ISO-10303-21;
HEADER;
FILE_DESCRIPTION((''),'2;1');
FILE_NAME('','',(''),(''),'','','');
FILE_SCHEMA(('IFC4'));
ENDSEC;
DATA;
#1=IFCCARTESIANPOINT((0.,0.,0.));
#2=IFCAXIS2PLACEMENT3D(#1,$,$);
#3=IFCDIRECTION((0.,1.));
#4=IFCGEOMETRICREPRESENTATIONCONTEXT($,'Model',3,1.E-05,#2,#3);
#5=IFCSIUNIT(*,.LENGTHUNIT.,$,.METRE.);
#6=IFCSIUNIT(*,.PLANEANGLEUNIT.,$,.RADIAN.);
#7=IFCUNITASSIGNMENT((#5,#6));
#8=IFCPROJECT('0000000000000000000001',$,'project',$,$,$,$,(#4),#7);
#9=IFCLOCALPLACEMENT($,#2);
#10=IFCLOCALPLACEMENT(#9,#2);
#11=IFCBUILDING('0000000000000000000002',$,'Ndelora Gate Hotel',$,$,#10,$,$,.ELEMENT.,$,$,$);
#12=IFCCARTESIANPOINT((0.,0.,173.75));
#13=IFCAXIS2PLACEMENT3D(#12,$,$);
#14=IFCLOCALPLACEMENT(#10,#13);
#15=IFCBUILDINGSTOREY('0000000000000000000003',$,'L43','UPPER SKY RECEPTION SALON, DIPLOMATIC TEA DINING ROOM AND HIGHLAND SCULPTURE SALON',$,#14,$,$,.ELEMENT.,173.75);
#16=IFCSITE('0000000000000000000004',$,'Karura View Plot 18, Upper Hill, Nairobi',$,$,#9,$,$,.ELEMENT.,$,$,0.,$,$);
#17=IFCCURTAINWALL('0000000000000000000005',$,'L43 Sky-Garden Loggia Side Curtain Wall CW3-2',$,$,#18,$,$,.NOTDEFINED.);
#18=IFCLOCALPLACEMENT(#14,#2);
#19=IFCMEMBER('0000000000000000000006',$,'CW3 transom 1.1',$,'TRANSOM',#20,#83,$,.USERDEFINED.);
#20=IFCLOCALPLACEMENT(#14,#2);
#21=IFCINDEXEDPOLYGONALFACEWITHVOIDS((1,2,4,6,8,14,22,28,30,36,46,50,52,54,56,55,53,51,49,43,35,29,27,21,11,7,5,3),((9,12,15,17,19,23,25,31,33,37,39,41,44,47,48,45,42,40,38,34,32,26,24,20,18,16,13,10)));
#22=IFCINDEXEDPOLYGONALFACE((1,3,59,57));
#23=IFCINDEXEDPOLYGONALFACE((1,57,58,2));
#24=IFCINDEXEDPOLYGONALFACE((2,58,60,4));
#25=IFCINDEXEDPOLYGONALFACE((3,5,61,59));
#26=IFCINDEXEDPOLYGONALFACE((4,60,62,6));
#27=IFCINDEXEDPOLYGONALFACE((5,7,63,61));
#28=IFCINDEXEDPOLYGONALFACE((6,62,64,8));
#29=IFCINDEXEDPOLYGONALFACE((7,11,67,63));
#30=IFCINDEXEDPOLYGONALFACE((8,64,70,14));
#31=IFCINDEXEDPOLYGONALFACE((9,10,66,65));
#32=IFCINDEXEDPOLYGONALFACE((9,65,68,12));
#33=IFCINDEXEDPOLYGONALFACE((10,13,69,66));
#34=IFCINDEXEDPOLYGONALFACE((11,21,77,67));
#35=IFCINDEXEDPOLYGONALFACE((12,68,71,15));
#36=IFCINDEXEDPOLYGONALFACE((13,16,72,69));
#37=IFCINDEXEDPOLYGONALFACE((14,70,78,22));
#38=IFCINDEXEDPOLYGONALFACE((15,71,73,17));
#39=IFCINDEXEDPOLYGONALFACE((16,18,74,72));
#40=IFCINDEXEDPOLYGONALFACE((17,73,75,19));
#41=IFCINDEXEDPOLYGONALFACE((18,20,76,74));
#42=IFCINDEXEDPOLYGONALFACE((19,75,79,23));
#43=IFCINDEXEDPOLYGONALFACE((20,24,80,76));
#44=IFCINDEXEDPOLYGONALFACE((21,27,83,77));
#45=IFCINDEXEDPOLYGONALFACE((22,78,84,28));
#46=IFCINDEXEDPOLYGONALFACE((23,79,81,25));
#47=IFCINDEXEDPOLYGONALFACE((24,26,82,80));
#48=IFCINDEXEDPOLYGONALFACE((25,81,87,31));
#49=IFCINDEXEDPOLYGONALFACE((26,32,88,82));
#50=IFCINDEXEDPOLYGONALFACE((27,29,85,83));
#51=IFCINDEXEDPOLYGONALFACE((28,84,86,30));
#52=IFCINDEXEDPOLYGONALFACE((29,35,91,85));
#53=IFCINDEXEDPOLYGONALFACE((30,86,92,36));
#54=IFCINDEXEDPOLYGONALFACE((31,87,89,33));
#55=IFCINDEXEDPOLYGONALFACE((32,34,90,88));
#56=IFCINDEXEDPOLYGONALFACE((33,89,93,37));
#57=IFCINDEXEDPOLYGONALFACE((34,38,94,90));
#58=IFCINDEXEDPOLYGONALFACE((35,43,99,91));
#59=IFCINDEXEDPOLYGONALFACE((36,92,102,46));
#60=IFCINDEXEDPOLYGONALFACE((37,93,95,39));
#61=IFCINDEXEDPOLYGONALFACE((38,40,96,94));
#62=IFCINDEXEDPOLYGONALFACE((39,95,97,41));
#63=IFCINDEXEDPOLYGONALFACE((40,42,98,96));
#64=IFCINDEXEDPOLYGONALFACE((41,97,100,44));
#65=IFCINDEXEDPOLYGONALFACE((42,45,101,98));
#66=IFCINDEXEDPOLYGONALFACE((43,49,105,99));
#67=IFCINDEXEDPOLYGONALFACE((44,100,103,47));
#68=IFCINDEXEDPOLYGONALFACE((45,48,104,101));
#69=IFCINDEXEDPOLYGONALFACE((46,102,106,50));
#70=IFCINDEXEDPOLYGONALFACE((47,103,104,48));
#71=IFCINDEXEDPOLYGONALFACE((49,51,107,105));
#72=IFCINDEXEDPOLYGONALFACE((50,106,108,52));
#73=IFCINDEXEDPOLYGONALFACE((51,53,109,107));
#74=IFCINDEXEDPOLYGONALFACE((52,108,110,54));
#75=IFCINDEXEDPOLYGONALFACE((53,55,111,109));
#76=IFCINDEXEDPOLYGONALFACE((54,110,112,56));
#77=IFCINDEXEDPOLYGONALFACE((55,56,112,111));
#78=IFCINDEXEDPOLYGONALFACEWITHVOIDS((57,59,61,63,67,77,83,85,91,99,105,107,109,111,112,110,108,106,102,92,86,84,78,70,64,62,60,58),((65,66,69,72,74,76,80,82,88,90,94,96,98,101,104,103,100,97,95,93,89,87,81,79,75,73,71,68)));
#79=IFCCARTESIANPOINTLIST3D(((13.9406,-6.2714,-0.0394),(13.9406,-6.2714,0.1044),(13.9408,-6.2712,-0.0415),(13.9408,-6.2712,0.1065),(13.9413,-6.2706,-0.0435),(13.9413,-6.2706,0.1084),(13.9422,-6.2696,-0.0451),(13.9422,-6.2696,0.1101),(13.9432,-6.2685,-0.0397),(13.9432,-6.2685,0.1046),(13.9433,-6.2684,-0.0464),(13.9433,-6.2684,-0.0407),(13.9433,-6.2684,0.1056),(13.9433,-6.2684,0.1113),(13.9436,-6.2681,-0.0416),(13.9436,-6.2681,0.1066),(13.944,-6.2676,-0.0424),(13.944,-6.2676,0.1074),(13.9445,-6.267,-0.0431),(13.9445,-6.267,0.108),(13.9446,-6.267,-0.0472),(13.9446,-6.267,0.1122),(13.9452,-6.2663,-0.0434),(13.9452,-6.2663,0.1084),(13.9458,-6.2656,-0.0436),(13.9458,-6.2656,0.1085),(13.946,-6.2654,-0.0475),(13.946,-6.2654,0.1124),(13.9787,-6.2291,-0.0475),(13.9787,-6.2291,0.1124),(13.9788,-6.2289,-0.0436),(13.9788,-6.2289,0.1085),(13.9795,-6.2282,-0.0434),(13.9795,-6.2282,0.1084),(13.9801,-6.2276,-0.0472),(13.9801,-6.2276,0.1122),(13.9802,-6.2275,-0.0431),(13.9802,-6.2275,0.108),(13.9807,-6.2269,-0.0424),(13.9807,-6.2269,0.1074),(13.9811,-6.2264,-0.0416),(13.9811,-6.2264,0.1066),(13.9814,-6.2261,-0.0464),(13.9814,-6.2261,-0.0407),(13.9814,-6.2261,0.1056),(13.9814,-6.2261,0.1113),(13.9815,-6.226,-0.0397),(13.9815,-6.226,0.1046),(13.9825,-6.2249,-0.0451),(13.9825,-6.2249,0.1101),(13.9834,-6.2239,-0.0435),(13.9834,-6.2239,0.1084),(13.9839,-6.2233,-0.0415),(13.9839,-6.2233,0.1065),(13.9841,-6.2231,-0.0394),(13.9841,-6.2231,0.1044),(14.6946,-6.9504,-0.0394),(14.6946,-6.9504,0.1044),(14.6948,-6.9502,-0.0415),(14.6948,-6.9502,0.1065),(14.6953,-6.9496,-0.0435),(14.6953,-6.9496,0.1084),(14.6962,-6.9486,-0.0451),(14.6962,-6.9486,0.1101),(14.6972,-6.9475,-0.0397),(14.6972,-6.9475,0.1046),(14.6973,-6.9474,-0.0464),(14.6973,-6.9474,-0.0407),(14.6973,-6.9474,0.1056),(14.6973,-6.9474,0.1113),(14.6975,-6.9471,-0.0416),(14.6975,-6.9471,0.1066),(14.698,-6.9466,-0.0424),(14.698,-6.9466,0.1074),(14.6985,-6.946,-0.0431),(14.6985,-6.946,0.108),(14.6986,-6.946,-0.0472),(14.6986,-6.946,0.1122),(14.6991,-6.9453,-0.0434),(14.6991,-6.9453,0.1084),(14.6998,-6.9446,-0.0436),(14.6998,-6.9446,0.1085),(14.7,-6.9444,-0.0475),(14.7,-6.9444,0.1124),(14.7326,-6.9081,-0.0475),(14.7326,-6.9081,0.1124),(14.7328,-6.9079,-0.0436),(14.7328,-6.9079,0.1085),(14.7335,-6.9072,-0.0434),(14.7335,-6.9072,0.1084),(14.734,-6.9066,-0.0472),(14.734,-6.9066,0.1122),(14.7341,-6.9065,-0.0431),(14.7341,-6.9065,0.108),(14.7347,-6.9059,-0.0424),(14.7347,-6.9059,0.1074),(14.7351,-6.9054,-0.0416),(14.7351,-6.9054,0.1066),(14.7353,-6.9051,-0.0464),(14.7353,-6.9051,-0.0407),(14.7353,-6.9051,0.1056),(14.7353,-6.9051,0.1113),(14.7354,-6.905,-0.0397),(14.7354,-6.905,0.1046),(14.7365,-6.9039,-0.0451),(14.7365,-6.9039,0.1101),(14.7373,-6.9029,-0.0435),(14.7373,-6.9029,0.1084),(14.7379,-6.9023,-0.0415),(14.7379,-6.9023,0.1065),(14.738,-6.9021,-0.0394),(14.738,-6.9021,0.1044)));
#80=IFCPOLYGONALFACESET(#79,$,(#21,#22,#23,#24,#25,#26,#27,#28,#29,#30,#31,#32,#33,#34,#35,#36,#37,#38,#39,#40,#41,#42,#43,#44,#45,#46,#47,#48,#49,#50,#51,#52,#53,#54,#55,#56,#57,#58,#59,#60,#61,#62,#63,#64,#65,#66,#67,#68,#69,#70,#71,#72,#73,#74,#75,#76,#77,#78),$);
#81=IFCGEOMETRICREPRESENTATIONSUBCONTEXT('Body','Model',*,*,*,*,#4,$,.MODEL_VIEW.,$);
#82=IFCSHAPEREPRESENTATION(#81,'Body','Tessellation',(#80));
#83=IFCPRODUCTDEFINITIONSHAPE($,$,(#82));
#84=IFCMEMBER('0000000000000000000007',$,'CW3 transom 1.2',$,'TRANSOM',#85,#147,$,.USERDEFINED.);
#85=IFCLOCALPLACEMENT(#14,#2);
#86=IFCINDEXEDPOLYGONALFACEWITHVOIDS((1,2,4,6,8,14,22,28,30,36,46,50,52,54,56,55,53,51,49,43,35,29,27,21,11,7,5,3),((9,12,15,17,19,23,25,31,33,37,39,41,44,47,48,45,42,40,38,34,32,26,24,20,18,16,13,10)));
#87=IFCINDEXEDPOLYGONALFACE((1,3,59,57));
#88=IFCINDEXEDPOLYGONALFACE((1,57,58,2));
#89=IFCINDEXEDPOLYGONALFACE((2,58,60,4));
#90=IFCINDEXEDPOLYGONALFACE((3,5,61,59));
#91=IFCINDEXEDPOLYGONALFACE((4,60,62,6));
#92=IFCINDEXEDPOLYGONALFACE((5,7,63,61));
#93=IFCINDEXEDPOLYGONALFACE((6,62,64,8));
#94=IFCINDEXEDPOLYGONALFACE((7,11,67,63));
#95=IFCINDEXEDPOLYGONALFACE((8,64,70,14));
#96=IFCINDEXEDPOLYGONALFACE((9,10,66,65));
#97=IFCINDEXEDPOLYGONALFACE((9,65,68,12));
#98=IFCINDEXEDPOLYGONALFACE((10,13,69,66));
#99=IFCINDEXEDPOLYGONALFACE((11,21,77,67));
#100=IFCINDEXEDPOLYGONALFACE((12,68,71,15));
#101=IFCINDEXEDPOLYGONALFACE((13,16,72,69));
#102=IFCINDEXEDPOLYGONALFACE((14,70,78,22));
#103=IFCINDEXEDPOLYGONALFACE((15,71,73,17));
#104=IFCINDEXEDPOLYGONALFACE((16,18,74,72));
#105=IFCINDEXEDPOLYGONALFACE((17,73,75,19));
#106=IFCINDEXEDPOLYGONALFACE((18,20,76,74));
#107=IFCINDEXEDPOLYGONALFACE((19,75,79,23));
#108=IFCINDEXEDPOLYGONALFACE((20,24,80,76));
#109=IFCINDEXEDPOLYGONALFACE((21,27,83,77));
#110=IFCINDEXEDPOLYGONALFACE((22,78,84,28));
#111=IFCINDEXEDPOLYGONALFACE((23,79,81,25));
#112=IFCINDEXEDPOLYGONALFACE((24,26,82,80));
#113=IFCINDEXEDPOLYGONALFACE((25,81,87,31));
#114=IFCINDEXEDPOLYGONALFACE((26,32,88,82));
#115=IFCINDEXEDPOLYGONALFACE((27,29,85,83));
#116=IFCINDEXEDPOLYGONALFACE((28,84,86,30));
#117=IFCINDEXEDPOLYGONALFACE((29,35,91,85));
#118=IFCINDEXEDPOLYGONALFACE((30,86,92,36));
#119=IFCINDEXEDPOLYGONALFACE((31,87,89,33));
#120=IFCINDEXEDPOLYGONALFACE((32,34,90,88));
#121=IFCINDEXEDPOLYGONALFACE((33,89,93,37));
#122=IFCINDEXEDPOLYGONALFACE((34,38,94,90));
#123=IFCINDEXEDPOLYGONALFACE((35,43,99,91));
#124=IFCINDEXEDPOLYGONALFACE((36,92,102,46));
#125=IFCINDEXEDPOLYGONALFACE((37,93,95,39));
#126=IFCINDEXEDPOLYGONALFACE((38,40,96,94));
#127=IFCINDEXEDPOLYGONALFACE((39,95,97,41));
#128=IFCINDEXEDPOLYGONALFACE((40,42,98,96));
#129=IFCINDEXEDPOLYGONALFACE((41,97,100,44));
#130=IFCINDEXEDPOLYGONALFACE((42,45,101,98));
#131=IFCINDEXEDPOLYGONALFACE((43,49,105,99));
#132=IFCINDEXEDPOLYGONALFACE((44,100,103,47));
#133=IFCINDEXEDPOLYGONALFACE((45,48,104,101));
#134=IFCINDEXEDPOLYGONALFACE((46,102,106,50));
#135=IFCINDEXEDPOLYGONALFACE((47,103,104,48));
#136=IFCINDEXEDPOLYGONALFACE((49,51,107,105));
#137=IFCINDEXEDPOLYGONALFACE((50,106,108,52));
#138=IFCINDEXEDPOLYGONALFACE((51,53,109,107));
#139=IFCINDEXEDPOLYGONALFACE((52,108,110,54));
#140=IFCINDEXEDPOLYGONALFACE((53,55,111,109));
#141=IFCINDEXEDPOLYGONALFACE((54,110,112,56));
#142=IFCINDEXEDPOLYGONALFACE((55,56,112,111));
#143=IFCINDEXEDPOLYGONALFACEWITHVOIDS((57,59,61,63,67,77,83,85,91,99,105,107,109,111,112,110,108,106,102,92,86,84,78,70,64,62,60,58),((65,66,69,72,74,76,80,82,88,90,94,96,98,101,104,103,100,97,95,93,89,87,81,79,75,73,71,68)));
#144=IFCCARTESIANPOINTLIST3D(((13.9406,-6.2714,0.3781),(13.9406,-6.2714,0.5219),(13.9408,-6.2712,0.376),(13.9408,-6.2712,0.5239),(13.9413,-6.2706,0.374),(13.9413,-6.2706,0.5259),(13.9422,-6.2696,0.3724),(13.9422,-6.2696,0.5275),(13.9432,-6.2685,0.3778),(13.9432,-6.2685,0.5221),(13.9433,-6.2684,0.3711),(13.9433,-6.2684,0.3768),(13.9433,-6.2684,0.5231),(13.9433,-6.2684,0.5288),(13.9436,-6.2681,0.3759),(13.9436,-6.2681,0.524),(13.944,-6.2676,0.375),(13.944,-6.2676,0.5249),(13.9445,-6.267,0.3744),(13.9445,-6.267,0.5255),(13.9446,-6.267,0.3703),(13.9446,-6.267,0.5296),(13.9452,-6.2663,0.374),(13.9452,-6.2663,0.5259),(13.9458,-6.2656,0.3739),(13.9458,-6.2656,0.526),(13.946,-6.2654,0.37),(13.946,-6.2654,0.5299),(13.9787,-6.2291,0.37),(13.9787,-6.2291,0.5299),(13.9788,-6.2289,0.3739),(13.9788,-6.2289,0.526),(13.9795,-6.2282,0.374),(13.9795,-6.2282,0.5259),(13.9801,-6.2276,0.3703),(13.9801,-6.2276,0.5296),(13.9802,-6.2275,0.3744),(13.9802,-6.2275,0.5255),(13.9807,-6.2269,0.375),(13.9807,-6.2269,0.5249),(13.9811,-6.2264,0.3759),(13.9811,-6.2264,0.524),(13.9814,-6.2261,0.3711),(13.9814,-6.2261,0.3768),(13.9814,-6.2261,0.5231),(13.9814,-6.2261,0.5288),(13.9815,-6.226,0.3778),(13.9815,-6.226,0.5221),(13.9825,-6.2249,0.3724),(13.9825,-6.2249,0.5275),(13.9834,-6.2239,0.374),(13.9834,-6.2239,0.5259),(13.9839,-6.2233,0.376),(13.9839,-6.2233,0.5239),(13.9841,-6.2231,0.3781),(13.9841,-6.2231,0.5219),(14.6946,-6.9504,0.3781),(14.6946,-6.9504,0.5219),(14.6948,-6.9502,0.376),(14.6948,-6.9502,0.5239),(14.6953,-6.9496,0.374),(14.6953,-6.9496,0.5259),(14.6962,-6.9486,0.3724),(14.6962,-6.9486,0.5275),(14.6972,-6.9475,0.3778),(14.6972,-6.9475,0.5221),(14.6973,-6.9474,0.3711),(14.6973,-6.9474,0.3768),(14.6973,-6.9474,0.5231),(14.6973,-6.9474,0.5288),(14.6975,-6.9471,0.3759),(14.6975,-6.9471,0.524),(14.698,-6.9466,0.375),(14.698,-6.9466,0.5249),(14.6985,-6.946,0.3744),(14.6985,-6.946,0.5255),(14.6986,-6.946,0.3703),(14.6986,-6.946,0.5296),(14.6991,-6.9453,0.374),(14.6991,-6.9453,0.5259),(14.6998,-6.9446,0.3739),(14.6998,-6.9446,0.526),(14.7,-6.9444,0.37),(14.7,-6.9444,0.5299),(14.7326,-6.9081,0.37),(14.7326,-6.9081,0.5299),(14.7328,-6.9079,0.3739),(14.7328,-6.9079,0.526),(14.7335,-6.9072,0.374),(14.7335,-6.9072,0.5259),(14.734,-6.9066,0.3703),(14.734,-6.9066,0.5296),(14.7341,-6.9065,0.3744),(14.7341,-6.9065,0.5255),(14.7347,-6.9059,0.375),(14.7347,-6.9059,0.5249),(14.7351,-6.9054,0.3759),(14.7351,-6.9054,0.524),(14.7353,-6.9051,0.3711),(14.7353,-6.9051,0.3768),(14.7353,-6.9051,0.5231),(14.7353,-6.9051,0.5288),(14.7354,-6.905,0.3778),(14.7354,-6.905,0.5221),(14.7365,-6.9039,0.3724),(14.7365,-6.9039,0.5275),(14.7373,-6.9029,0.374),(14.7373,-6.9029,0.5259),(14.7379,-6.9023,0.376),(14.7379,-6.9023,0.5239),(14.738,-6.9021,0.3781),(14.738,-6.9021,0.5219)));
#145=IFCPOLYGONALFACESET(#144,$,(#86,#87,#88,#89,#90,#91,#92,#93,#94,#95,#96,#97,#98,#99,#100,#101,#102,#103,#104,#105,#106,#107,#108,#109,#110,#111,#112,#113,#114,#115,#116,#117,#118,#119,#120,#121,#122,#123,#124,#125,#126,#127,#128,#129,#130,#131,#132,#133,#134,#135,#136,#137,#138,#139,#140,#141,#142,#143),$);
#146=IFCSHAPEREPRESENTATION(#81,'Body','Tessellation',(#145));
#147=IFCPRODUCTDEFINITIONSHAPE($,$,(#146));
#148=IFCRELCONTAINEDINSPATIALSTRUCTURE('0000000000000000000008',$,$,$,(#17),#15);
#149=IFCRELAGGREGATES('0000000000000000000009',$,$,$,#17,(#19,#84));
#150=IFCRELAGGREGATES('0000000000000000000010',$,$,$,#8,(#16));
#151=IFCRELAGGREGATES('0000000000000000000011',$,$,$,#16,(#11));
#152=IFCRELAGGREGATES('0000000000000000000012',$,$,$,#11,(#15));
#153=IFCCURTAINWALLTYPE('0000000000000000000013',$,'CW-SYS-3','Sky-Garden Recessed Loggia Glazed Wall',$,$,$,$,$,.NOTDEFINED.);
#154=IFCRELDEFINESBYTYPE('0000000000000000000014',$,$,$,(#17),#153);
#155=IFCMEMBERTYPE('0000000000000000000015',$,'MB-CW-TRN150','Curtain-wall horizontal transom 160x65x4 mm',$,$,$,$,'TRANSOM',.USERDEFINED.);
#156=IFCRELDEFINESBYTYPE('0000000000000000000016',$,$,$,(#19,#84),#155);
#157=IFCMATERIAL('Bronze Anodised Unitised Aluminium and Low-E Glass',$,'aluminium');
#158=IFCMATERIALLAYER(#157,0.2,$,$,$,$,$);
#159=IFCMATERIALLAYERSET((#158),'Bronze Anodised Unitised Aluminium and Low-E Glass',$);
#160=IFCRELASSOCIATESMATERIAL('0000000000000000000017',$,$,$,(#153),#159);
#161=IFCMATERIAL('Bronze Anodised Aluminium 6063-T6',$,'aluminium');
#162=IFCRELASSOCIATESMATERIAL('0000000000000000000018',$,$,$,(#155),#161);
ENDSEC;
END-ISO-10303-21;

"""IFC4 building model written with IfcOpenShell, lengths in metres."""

from ifc_helpers import new_model, si_unit, direction, frame, origin, origin_2d, place, context, subcontext, project, spatial, hollow_rectangle, extrude, material, layer, layer_set, material_profile, profile_set, type_object, element, aggregate, save


model = new_model("IFC4")

# Units and contexts
model_context = context("Model", 3, precision=1e-05, world=origin(), true_north=direction((0.0, 1.0)))
body_context = subcontext(model_context, "Body", "Model", "MODEL_VIEW")
ifc_project = project(units=[si_unit("LENGTHUNIT", "METRE"), si_unit("PLANEANGLEUNIT", "RADIAN")], contexts=[model_context])

# Site, building, storey
site_placement = place(None, origin())
site = spatial("IfcSite", under=ifc_project, at=site_placement, Name="Karura View Plot 18, Upper Hill, Nairobi", CompositionType="ELEMENT", RefElevation=0.0)
building_placement = place(site_placement, origin())
building = spatial("IfcBuilding", under=site, at=building_placement, Name="Ndelora Gate Hotel", CompositionType="ELEMENT")
storey_placement = place(building_placement, frame((0.0, 0.0, 173.75)))
storey = spatial("IfcBuildingStorey", under=building, at=storey_placement, Name="L43", Description="UPPER SKY RECEPTION SALON, DIPLOMATIC TEA DINING ROOM AND HIGHLAND SCULPTURE SALON", CompositionType="ELEMENT", Elevation=173.75)

# Curtain wall, members
ifc_material_1 = material(Name="Bronze Anodised Unitised Aluminium and Low-E Glass", Category="aluminium")
ifc_layer_1 = layer(ifc_material_1, 0.2)
ifc_layer_set_1 = layer_set([ifc_layer_1], Name="Bronze Anodised Unitised Aluminium and Low-E Glass")
curtain_wall_type = type_object("IfcCurtainWallType", Name="CW-SYS-3", Description="Sky-Garden Recessed Loggia Glazed Wall", PredefinedType="NOTDEFINED", material=ifc_layer_set_1)
curtain_wall_placement = place(storey_placement, origin())
curtain_wall = element("IfcCurtainWall", 1, at=curtain_wall_placement, inside=storey, type_object=curtain_wall_type, Name="L43 Sky-Garden Loggia Side Curtain Wall CW3-2", PredefinedType="NOTDEFINED")
ifc_material_2 = material(Name="Bronze Anodised Aluminium 6063-T6", Category="aluminium")
ifc_material_profile_1 = material_profile(ifc_material_2, hollow_rectangle(XDim=0.0649, YDim=0.1599, WallThickness=0.0039, InnerFilletRadius=0.0039, OuterFilletRadius=0.0081, at=origin_2d()), Name="ALU 160x65x4")
ifc_profile_set_1 = profile_set([ifc_material_profile_1], Name="Bronze Anodised Aluminium 6063-T6")
member_type_1 = type_object("IfcMemberType", Name="MB-CW-TRN150", Description="Curtain-wall horizontal transom 160x65x4 mm", ElementType="TRANSOM", PredefinedType="USERDEFINED", material=ifc_profile_set_1)
member_1_placement = place(storey_placement, frame((14.7163, -6.9263, 0.0325), z_axis=(-0.743079, 0.669204, 0.0), x_axis=(-0.669204, -0.743079, 0.0)))
member_1 = element("IfcMember", 2, at=member_1_placement, type_object=member_type_1, Name="CW3 transom 1.1", ObjectType="TRANSOM", PredefinedType="USERDEFINED", context=body_context, shape_type="SweptSolid", body=[
    extrude(hollow_rectangle(XDim=0.0649, YDim=0.1599, WallThickness=0.0039, InnerFilletRadius=0.0039, OuterFilletRadius=0.0081, at=origin_2d()), origin(), (0.0, 0.0, 1.0), 1.0146),
])
member_2_placement = place(storey_placement, frame((14.7163, -6.9263, 0.45), z_axis=(-0.743079, 0.669204, 0.0), x_axis=(-0.669204, -0.743079, 0.0)))
member_2 = element("IfcMember", 3, at=member_2_placement, type_object=member_type_1, Name="CW3 transom 1.2", ObjectType="TRANSOM", PredefinedType="USERDEFINED", context=body_context, shape_type="SweptSolid", body=[
    extrude(hollow_rectangle(XDim=0.0649, YDim=0.1599, WallThickness=0.0039, InnerFilletRadius=0.0039, OuterFilletRadius=0.0081, at=origin_2d()), origin(), (0.0, 0.0, 1.0), 1.0146),
])
aggregate(curtain_wall, [member_1, member_2])

save(model, "model.ifc")
